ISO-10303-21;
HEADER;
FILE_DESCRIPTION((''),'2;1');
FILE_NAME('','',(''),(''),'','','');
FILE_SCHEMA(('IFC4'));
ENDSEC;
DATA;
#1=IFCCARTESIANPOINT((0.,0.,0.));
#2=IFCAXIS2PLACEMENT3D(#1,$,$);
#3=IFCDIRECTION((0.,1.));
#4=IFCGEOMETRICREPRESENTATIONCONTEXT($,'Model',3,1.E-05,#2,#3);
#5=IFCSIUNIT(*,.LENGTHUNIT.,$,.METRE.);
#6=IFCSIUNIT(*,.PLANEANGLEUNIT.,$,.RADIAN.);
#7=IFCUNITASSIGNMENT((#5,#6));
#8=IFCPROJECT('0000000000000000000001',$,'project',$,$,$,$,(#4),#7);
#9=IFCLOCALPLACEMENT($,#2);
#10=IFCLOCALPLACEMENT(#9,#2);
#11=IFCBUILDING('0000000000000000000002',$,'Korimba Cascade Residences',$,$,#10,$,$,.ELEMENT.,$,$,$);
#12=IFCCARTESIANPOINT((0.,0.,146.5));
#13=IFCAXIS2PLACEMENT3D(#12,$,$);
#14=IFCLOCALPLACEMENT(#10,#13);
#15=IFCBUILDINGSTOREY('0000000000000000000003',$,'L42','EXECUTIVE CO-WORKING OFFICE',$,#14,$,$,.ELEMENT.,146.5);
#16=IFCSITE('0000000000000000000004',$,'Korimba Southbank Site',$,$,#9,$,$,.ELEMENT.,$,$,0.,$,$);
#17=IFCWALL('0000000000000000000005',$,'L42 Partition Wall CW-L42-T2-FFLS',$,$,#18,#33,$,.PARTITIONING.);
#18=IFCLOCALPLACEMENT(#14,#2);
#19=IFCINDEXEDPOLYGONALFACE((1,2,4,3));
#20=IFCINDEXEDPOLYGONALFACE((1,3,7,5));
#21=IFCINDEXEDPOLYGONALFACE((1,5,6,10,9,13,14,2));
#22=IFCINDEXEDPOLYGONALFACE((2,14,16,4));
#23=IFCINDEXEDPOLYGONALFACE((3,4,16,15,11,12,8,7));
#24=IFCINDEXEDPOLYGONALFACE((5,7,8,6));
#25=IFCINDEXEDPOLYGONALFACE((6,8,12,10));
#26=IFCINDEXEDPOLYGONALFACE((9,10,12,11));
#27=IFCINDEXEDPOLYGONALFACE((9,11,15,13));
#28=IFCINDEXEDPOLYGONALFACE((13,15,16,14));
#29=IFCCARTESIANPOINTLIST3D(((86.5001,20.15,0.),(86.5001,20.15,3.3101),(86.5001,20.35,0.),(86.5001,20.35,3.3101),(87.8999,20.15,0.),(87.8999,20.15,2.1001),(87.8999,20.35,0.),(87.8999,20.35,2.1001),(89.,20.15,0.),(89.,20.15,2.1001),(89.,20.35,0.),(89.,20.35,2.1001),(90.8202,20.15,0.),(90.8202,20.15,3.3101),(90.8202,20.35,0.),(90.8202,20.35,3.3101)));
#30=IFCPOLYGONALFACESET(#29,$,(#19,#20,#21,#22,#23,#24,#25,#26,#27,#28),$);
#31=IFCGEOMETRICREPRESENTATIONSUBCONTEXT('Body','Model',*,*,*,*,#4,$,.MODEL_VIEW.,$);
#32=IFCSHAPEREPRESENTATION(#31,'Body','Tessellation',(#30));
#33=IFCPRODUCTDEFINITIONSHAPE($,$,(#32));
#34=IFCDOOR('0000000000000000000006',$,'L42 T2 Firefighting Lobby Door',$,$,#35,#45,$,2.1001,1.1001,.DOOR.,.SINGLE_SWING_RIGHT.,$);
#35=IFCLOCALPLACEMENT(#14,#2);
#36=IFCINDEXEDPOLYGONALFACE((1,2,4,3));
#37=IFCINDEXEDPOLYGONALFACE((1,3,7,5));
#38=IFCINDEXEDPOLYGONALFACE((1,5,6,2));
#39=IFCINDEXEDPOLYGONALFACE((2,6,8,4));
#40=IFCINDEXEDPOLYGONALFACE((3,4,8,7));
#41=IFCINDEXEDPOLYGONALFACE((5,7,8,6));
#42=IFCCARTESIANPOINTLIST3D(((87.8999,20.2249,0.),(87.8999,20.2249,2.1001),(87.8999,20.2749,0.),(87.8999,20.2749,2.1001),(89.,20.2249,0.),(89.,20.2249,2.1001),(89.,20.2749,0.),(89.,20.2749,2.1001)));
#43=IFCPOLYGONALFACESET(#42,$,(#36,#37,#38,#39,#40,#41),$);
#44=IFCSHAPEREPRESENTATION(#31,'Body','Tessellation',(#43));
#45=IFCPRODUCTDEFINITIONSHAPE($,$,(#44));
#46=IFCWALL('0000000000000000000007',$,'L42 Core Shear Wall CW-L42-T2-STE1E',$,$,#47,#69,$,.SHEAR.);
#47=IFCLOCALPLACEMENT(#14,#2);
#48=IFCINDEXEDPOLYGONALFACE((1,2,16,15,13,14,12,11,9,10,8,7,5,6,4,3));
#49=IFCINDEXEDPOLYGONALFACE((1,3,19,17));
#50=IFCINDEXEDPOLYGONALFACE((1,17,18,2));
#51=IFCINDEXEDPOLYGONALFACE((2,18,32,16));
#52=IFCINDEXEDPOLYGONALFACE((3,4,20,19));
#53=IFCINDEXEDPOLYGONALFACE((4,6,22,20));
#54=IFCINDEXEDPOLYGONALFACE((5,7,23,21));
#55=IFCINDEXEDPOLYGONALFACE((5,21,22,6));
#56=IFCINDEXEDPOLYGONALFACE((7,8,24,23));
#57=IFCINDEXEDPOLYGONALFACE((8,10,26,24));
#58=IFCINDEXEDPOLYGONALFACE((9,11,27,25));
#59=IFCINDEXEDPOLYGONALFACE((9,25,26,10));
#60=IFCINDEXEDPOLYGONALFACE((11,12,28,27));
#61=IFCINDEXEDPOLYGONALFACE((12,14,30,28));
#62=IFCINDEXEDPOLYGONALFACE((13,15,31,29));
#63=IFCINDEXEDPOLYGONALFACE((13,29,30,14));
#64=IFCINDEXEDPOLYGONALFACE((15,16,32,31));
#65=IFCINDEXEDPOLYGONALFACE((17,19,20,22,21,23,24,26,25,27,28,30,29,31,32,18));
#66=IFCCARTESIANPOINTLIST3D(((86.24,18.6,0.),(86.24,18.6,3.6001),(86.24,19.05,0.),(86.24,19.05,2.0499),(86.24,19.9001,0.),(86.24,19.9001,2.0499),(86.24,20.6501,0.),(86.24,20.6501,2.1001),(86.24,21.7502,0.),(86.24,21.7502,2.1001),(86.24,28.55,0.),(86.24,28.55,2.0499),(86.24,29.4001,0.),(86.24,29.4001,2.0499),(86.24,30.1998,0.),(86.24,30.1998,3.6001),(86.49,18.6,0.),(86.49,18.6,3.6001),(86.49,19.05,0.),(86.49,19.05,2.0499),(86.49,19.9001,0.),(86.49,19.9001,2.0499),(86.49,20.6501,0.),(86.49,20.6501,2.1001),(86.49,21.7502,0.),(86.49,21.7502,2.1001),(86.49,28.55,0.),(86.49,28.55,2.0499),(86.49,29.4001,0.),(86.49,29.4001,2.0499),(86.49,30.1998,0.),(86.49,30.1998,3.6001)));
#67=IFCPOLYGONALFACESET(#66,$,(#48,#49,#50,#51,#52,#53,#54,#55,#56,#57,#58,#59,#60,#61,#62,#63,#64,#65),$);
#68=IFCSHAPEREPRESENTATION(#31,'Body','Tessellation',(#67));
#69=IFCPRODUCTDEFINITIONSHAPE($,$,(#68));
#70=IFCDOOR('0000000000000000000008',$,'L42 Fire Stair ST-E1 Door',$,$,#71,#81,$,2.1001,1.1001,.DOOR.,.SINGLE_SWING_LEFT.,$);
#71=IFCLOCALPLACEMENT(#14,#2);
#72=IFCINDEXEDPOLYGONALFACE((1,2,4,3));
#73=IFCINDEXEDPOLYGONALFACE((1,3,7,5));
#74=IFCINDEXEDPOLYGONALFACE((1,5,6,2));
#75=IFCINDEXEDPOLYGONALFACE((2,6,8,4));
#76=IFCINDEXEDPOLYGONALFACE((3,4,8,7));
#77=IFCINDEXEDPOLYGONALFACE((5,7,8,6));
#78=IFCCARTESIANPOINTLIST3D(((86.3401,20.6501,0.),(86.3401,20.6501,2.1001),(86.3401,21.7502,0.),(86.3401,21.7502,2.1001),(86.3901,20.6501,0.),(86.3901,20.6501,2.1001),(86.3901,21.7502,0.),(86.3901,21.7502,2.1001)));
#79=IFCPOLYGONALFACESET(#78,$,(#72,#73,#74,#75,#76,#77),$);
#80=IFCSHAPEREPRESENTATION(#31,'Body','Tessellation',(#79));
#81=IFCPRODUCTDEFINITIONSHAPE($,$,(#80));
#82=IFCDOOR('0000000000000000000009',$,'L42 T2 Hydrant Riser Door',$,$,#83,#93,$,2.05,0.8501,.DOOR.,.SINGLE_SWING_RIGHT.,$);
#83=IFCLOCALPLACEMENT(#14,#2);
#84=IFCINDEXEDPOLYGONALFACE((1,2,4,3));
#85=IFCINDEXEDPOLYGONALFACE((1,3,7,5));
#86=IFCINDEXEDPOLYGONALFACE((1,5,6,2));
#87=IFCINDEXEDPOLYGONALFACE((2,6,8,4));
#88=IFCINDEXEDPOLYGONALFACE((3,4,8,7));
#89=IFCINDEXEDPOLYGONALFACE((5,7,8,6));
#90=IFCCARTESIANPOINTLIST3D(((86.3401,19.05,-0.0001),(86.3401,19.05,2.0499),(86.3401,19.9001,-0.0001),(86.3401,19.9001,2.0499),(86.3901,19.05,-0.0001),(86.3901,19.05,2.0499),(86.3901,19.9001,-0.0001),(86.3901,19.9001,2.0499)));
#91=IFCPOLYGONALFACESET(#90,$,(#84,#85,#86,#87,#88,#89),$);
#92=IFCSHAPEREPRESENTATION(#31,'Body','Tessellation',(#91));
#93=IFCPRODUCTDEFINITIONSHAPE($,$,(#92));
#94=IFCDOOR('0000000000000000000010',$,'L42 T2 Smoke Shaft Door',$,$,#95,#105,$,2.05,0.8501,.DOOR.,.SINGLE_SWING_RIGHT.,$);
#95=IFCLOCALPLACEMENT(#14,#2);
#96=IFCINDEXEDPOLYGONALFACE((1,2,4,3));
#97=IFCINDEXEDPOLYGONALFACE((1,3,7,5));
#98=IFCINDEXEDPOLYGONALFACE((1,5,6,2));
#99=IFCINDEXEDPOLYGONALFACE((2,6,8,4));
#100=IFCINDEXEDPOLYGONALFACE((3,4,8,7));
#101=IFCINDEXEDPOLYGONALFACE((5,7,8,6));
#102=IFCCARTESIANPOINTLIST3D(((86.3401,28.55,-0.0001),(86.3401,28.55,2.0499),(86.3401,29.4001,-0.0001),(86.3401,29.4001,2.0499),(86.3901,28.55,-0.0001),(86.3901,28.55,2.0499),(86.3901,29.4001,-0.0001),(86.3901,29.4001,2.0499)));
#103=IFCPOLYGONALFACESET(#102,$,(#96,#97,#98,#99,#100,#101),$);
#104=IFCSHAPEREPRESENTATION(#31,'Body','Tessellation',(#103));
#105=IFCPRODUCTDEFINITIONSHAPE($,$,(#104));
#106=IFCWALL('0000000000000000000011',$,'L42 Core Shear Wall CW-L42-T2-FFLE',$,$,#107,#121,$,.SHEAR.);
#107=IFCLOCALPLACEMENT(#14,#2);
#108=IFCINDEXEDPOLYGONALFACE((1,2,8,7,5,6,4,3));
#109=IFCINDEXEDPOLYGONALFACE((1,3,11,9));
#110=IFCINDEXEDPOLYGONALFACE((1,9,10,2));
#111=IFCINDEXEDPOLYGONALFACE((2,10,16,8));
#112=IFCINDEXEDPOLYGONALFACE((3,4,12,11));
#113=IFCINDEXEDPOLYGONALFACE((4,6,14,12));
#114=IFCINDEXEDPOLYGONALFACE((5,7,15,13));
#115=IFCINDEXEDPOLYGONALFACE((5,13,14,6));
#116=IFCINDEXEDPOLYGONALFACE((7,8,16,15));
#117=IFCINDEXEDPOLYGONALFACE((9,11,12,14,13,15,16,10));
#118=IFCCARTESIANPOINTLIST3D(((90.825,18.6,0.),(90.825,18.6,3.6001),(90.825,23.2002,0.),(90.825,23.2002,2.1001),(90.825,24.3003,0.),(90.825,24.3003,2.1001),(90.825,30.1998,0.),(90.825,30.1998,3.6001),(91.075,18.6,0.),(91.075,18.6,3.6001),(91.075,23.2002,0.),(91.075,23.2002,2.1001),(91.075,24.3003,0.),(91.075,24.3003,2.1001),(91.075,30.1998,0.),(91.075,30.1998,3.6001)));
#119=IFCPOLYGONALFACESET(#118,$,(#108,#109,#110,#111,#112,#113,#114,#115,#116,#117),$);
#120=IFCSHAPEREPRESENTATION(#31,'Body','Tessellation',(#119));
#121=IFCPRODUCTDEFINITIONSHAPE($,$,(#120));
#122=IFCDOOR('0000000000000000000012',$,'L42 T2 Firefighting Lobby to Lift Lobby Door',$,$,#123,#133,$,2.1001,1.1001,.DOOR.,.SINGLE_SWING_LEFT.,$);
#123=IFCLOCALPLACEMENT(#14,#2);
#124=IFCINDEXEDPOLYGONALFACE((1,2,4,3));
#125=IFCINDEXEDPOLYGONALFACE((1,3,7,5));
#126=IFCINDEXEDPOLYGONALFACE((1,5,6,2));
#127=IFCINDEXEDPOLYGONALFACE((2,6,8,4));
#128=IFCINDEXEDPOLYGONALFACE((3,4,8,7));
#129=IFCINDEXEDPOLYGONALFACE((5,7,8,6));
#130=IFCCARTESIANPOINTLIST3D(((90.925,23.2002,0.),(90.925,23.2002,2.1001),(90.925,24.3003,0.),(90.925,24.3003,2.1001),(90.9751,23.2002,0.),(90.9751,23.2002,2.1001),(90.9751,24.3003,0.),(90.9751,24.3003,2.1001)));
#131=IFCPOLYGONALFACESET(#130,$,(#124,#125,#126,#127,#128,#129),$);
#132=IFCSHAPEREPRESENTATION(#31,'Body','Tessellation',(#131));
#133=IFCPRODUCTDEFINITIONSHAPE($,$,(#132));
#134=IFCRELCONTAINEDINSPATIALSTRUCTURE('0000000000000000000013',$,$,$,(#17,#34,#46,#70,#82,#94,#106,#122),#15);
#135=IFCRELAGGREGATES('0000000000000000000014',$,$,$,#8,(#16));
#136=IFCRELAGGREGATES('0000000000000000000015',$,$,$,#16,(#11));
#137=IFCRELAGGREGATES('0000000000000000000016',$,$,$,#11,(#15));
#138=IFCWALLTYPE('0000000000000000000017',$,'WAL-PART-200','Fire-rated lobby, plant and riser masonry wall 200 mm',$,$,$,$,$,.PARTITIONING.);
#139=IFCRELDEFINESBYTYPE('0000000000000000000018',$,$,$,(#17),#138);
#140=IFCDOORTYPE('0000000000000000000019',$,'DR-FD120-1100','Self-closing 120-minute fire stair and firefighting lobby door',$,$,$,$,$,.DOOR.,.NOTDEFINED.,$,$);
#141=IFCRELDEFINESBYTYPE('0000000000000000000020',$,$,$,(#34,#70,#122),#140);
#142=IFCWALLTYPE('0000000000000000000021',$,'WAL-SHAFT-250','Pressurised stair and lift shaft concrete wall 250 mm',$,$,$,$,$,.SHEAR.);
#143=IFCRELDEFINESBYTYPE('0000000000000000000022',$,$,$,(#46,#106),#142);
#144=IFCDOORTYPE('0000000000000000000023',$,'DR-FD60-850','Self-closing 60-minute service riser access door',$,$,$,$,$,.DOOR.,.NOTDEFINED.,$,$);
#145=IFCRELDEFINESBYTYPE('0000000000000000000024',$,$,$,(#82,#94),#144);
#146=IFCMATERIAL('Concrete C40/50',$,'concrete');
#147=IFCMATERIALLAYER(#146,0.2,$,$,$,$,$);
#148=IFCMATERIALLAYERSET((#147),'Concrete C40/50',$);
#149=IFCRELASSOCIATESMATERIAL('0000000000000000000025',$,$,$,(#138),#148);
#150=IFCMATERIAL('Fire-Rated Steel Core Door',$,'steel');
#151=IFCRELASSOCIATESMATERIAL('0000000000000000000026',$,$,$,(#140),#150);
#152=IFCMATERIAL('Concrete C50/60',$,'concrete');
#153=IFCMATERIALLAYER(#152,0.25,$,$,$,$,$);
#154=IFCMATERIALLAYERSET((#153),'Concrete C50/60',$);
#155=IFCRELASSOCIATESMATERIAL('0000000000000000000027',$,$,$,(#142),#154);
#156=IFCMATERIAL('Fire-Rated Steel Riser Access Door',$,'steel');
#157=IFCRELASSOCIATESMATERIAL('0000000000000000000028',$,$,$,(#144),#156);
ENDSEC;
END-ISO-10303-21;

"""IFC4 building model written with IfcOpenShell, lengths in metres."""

from ifc_helpers import new_model, si_unit, direction, frame, frame_2d, origin, place, context, subcontext, project, spatial, rectangle, extrude, material, layer, layer_set, type_object, element, fill, save


model = new_model("IFC4")

# Units and contexts
model_context = context("Model", 3, precision=1e-05, world=origin(), true_north=direction((0.0, 1.0)))
body_context = subcontext(model_context, "Body", "Model", "MODEL_VIEW")
ifc_project = project(units=[si_unit("LENGTHUNIT", "METRE"), si_unit("PLANEANGLEUNIT", "RADIAN")], contexts=[model_context])

# Site, building, storey
site_placement = place(None, origin())
site = spatial("IfcSite", under=ifc_project, at=site_placement, Name="Korimba Southbank Site", CompositionType="ELEMENT", RefElevation=0.0)
building_placement = place(site_placement, origin())
building = spatial("IfcBuilding", under=site, at=building_placement, Name="Korimba Cascade Residences", CompositionType="ELEMENT")
storey_placement = place(building_placement, frame((0.0, 0.0, 146.5)))
storey = spatial("IfcBuildingStorey", under=building, at=storey_placement, Name="L42", Description="EXECUTIVE CO-WORKING OFFICE", CompositionType="ELEMENT", Elevation=146.5)

# Wall, opening, door
ifc_material_1 = material(Name="Concrete C40/50", Category="concrete")
ifc_layer_1 = layer(ifc_material_1, 0.2)
ifc_layer_set_1 = layer_set([ifc_layer_1], Name="Concrete C40/50")
wall_type_1 = type_object("IfcWallType", Name="WAL-PART-200", Description="Fire-rated lobby, plant and riser masonry wall 200 mm", PredefinedType="PARTITIONING", material=ifc_layer_set_1)
wall_1_placement = place(storey_placement, frame((86.5, 20.25, 0.0), z_axis=(0.0, 0.0, 1.0), x_axis=(1.0, 0.0, 0.0)))
wall_1 = element("IfcWall", 1, at=wall_1_placement, inside=storey, type_object=wall_type_1, Name="L42 Partition Wall CW-L42-T2-FFLS", PredefinedType="PARTITIONING", context=body_context, shape_type="SweptSolid", body=[
    extrude(rectangle(XDim=4.3201, YDim=0.2, at=frame_2d((2.1602, 0.0))), origin(), (0.0, 0.0, 1.0), 3.3101),
])
opening_1_placement = place(wall_1_placement, frame((1.3999, 0.0, 0.0)))
opening_1 = element("IfcOpeningElement", 2, at=opening_1_placement, cuts=wall_1, PredefinedType="OPENING", context=body_context, shape_type="SweptSolid", body=[
    extrude(rectangle(XDim=1.1001, YDim=2.1001, at=frame_2d((0.55, 1.05))), frame((0.0, 0.1099, 0.0), z_axis=(0.0, -1.0, 0.0), x_axis=(1.0, 0.0, 0.0)), (0.0, 0.0, 1.0), 0.22),
])
ifc_material_2 = material(Name="Fire-Rated Steel Core Door", Category="steel")
door_type_1 = type_object("IfcDoorType", Name="DR-FD120-1100", Description="Self-closing 120-minute fire stair and firefighting lobby door", OperationType="NOTDEFINED", PredefinedType="DOOR", material=ifc_material_2)
door_1_placement = place(opening_1_placement, origin())
door_1 = element("IfcDoor", 3, at=door_1_placement, inside=storey, type_object=door_type_1, Name="L42 T2 Firefighting Lobby Door", OperationType="SINGLE_SWING_RIGHT", OverallHeight=2.1001, OverallWidth=1.1001, PredefinedType="DOOR", context=body_context, shape_type="SweptSolid", body=[
    extrude(rectangle(XDim=1.1001, YDim=2.1001, at=frame_2d((0.55, 1.05))), frame((0.0, 0.0249, 0.0), z_axis=(0.0, -1.0, 0.0), x_axis=(1.0, 0.0, 0.0)), (0.0, 0.0, 1.0), 0.05),
])
fill(opening_1, door_1)

# Wall, openings, doors
ifc_material_3 = material(Name="Concrete C50/60", Category="concrete")
ifc_layer_2 = layer(ifc_material_3, 0.25)
ifc_layer_set_2 = layer_set([ifc_layer_2], Name="Concrete C50/60")
wall_type_2 = type_object("IfcWallType", Name="WAL-SHAFT-250", Description="Pressurised stair and lift shaft concrete wall 250 mm", PredefinedType="SHEAR", material=ifc_layer_set_2)
wall_2_placement = place(storey_placement, frame((86.365, 18.6001, 0.0), z_axis=(0.0, 0.0, 1.0), x_axis=(0.0, 1.0, 0.0)))
wall_2 = element("IfcWall", 4, at=wall_2_placement, inside=storey, type_object=wall_type_2, Name="L42 Core Shear Wall CW-L42-T2-STE1E", PredefinedType="SHEAR", context=body_context, shape_type="SweptSolid", body=[
    extrude(rectangle(XDim=11.5999, YDim=0.25, at=frame_2d((5.7998, 0.0))), origin(), (0.0, 0.0, 1.0), 3.6001),
])
opening_2_placement = place(wall_2_placement, frame((0.45, 0.0, 0.0)))
opening_2 = element("IfcOpeningElement", 5, at=opening_2_placement, cuts=wall_2, PredefinedType="OPENING", context=body_context, shape_type="SweptSolid", body=[
    extrude(rectangle(XDim=0.8501, YDim=2.05, at=frame_2d((0.425, 1.0249))), frame((0.0, 0.135, 0.0), z_axis=(0.0, -1.0, 0.0), x_axis=(1.0, 0.0, 0.0)), (0.0, 0.0, 1.0), 0.27),
])
opening_3_placement = place(wall_2_placement, frame((2.05, 0.0, 0.0)))
opening_3 = element("IfcOpeningElement", 6, at=opening_3_placement, cuts=wall_2, PredefinedType="OPENING", context=body_context, shape_type="SweptSolid", body=[
    extrude(rectangle(XDim=1.1001, YDim=2.1001, at=frame_2d((0.55, 1.05))), frame((0.0, 0.135, 0.0), z_axis=(0.0, -1.0, 0.0), x_axis=(1.0, 0.0, 0.0)), (0.0, 0.0, 1.0), 0.27),
])
opening_4_placement = place(wall_2_placement, frame((9.95, 0.0, 0.0)))
opening_4 = element("IfcOpeningElement", 7, at=opening_4_placement, cuts=wall_2, PredefinedType="OPENING", context=body_context, shape_type="SweptSolid", body=[
    extrude(rectangle(XDim=0.8501, YDim=2.05, at=frame_2d((0.425, 1.0249))), frame((0.0, 0.135, 0.0), z_axis=(0.0, -1.0, 0.0), x_axis=(1.0, 0.0, 0.0)), (0.0, 0.0, 1.0), 0.27),
])
door_2_placement = place(opening_3_placement, origin())
door_2 = element("IfcDoor", 8, at=door_2_placement, inside=storey, type_object=door_type_1, Name="L42 Fire Stair ST-E1 Door", OperationType="SINGLE_SWING_LEFT", OverallHeight=2.1001, OverallWidth=1.1001, PredefinedType="DOOR", context=body_context, shape_type="SweptSolid", body=[
    extrude(rectangle(XDim=1.1001, YDim=2.1001, at=frame_2d((0.55, 1.05))), frame((0.0, 0.0249, 0.0), z_axis=(0.0, -1.0, 0.0), x_axis=(1.0, 0.0, 0.0)), (0.0, 0.0, 1.0), 0.05),
])
fill(opening_3, door_2)
ifc_material_4 = material(Name="Fire-Rated Steel Riser Access Door", Category="steel")
door_type_2 = type_object("IfcDoorType", Name="DR-FD60-850", Description="Self-closing 60-minute service riser access door", OperationType="NOTDEFINED", PredefinedType="DOOR", material=ifc_material_4)
door_3_placement = place(opening_2_placement, origin())
door_3 = element("IfcDoor", 9, at=door_3_placement, inside=storey, type_object=door_type_2, Name="L42 T2 Hydrant Riser Door", OperationType="SINGLE_SWING_RIGHT", OverallHeight=2.05, OverallWidth=0.8501, PredefinedType="DOOR", context=body_context, shape_type="SweptSolid", body=[
    extrude(rectangle(XDim=0.8501, YDim=2.05, at=frame_2d((0.425, 1.0249))), frame((0.0, 0.0249, 0.0), z_axis=(0.0, -1.0, 0.0), x_axis=(1.0, 0.0, 0.0)), (0.0, 0.0, 1.0), 0.05),
])
fill(opening_2, door_3)
door_4_placement = place(opening_4_placement, origin())
door_4 = element("IfcDoor", 10, at=door_4_placement, inside=storey, type_object=door_type_2, Name="L42 T2 Smoke Shaft Door", OperationType="SINGLE_SWING_RIGHT", OverallHeight=2.05, OverallWidth=0.8501, PredefinedType="DOOR", context=body_context, shape_type="SweptSolid", body=[
    extrude(rectangle(XDim=0.8501, YDim=2.05, at=frame_2d((0.425, 1.0249))), frame((0.0, 0.0249, 0.0), z_axis=(0.0, -1.0, 0.0), x_axis=(1.0, 0.0, 0.0)), (0.0, 0.0, 1.0), 0.05),
])
fill(opening_4, door_4)

# Wall, opening, door
wall_3_placement = place(storey_placement, frame((90.95, 18.6001, 0.0), z_axis=(0.0, 0.0, 1.0), x_axis=(0.0, 1.0, 0.0)))
wall_3 = element("IfcWall", 11, at=wall_3_placement, inside=storey, type_object=wall_type_2, Name="L42 Core Shear Wall CW-L42-T2-FFLE", PredefinedType="SHEAR", context=body_context, shape_type="SweptSolid", body=[
    extrude(rectangle(XDim=11.5999, YDim=0.25, at=frame_2d((5.7998, 0.0))), origin(), (0.0, 0.0, 1.0), 3.6001),
])
opening_5_placement = place(wall_3_placement, frame((4.6001, 0.0, 0.0)))
opening_5 = element("IfcOpeningElement", 12, at=opening_5_placement, cuts=wall_3, PredefinedType="OPENING", context=body_context, shape_type="SweptSolid", body=[
    extrude(rectangle(XDim=1.1001, YDim=2.1001, at=frame_2d((0.55, 1.05))), frame((0.0, 0.135, 0.0), z_axis=(0.0, -1.0, 0.0), x_axis=(1.0, 0.0, 0.0)), (0.0, 0.0, 1.0), 0.27),
])
door_5_placement = place(opening_5_placement, origin())
door_5 = element("IfcDoor", 13, at=door_5_placement, inside=storey, type_object=door_type_1, Name="L42 T2 Firefighting Lobby to Lift Lobby Door", OperationType="SINGLE_SWING_LEFT", OverallHeight=2.1001, OverallWidth=1.1001, PredefinedType="DOOR", context=body_context, shape_type="SweptSolid", body=[
    extrude(rectangle(XDim=1.1001, YDim=2.1001, at=frame_2d((0.55, 1.05))), frame((0.0, 0.0249, 0.0), z_axis=(0.0, -1.0, 0.0), x_axis=(1.0, 0.0, 0.0)), (0.0, 0.0, 1.0), 0.05),
])
fill(opening_5, door_5)

save(model, "model.ifc")
